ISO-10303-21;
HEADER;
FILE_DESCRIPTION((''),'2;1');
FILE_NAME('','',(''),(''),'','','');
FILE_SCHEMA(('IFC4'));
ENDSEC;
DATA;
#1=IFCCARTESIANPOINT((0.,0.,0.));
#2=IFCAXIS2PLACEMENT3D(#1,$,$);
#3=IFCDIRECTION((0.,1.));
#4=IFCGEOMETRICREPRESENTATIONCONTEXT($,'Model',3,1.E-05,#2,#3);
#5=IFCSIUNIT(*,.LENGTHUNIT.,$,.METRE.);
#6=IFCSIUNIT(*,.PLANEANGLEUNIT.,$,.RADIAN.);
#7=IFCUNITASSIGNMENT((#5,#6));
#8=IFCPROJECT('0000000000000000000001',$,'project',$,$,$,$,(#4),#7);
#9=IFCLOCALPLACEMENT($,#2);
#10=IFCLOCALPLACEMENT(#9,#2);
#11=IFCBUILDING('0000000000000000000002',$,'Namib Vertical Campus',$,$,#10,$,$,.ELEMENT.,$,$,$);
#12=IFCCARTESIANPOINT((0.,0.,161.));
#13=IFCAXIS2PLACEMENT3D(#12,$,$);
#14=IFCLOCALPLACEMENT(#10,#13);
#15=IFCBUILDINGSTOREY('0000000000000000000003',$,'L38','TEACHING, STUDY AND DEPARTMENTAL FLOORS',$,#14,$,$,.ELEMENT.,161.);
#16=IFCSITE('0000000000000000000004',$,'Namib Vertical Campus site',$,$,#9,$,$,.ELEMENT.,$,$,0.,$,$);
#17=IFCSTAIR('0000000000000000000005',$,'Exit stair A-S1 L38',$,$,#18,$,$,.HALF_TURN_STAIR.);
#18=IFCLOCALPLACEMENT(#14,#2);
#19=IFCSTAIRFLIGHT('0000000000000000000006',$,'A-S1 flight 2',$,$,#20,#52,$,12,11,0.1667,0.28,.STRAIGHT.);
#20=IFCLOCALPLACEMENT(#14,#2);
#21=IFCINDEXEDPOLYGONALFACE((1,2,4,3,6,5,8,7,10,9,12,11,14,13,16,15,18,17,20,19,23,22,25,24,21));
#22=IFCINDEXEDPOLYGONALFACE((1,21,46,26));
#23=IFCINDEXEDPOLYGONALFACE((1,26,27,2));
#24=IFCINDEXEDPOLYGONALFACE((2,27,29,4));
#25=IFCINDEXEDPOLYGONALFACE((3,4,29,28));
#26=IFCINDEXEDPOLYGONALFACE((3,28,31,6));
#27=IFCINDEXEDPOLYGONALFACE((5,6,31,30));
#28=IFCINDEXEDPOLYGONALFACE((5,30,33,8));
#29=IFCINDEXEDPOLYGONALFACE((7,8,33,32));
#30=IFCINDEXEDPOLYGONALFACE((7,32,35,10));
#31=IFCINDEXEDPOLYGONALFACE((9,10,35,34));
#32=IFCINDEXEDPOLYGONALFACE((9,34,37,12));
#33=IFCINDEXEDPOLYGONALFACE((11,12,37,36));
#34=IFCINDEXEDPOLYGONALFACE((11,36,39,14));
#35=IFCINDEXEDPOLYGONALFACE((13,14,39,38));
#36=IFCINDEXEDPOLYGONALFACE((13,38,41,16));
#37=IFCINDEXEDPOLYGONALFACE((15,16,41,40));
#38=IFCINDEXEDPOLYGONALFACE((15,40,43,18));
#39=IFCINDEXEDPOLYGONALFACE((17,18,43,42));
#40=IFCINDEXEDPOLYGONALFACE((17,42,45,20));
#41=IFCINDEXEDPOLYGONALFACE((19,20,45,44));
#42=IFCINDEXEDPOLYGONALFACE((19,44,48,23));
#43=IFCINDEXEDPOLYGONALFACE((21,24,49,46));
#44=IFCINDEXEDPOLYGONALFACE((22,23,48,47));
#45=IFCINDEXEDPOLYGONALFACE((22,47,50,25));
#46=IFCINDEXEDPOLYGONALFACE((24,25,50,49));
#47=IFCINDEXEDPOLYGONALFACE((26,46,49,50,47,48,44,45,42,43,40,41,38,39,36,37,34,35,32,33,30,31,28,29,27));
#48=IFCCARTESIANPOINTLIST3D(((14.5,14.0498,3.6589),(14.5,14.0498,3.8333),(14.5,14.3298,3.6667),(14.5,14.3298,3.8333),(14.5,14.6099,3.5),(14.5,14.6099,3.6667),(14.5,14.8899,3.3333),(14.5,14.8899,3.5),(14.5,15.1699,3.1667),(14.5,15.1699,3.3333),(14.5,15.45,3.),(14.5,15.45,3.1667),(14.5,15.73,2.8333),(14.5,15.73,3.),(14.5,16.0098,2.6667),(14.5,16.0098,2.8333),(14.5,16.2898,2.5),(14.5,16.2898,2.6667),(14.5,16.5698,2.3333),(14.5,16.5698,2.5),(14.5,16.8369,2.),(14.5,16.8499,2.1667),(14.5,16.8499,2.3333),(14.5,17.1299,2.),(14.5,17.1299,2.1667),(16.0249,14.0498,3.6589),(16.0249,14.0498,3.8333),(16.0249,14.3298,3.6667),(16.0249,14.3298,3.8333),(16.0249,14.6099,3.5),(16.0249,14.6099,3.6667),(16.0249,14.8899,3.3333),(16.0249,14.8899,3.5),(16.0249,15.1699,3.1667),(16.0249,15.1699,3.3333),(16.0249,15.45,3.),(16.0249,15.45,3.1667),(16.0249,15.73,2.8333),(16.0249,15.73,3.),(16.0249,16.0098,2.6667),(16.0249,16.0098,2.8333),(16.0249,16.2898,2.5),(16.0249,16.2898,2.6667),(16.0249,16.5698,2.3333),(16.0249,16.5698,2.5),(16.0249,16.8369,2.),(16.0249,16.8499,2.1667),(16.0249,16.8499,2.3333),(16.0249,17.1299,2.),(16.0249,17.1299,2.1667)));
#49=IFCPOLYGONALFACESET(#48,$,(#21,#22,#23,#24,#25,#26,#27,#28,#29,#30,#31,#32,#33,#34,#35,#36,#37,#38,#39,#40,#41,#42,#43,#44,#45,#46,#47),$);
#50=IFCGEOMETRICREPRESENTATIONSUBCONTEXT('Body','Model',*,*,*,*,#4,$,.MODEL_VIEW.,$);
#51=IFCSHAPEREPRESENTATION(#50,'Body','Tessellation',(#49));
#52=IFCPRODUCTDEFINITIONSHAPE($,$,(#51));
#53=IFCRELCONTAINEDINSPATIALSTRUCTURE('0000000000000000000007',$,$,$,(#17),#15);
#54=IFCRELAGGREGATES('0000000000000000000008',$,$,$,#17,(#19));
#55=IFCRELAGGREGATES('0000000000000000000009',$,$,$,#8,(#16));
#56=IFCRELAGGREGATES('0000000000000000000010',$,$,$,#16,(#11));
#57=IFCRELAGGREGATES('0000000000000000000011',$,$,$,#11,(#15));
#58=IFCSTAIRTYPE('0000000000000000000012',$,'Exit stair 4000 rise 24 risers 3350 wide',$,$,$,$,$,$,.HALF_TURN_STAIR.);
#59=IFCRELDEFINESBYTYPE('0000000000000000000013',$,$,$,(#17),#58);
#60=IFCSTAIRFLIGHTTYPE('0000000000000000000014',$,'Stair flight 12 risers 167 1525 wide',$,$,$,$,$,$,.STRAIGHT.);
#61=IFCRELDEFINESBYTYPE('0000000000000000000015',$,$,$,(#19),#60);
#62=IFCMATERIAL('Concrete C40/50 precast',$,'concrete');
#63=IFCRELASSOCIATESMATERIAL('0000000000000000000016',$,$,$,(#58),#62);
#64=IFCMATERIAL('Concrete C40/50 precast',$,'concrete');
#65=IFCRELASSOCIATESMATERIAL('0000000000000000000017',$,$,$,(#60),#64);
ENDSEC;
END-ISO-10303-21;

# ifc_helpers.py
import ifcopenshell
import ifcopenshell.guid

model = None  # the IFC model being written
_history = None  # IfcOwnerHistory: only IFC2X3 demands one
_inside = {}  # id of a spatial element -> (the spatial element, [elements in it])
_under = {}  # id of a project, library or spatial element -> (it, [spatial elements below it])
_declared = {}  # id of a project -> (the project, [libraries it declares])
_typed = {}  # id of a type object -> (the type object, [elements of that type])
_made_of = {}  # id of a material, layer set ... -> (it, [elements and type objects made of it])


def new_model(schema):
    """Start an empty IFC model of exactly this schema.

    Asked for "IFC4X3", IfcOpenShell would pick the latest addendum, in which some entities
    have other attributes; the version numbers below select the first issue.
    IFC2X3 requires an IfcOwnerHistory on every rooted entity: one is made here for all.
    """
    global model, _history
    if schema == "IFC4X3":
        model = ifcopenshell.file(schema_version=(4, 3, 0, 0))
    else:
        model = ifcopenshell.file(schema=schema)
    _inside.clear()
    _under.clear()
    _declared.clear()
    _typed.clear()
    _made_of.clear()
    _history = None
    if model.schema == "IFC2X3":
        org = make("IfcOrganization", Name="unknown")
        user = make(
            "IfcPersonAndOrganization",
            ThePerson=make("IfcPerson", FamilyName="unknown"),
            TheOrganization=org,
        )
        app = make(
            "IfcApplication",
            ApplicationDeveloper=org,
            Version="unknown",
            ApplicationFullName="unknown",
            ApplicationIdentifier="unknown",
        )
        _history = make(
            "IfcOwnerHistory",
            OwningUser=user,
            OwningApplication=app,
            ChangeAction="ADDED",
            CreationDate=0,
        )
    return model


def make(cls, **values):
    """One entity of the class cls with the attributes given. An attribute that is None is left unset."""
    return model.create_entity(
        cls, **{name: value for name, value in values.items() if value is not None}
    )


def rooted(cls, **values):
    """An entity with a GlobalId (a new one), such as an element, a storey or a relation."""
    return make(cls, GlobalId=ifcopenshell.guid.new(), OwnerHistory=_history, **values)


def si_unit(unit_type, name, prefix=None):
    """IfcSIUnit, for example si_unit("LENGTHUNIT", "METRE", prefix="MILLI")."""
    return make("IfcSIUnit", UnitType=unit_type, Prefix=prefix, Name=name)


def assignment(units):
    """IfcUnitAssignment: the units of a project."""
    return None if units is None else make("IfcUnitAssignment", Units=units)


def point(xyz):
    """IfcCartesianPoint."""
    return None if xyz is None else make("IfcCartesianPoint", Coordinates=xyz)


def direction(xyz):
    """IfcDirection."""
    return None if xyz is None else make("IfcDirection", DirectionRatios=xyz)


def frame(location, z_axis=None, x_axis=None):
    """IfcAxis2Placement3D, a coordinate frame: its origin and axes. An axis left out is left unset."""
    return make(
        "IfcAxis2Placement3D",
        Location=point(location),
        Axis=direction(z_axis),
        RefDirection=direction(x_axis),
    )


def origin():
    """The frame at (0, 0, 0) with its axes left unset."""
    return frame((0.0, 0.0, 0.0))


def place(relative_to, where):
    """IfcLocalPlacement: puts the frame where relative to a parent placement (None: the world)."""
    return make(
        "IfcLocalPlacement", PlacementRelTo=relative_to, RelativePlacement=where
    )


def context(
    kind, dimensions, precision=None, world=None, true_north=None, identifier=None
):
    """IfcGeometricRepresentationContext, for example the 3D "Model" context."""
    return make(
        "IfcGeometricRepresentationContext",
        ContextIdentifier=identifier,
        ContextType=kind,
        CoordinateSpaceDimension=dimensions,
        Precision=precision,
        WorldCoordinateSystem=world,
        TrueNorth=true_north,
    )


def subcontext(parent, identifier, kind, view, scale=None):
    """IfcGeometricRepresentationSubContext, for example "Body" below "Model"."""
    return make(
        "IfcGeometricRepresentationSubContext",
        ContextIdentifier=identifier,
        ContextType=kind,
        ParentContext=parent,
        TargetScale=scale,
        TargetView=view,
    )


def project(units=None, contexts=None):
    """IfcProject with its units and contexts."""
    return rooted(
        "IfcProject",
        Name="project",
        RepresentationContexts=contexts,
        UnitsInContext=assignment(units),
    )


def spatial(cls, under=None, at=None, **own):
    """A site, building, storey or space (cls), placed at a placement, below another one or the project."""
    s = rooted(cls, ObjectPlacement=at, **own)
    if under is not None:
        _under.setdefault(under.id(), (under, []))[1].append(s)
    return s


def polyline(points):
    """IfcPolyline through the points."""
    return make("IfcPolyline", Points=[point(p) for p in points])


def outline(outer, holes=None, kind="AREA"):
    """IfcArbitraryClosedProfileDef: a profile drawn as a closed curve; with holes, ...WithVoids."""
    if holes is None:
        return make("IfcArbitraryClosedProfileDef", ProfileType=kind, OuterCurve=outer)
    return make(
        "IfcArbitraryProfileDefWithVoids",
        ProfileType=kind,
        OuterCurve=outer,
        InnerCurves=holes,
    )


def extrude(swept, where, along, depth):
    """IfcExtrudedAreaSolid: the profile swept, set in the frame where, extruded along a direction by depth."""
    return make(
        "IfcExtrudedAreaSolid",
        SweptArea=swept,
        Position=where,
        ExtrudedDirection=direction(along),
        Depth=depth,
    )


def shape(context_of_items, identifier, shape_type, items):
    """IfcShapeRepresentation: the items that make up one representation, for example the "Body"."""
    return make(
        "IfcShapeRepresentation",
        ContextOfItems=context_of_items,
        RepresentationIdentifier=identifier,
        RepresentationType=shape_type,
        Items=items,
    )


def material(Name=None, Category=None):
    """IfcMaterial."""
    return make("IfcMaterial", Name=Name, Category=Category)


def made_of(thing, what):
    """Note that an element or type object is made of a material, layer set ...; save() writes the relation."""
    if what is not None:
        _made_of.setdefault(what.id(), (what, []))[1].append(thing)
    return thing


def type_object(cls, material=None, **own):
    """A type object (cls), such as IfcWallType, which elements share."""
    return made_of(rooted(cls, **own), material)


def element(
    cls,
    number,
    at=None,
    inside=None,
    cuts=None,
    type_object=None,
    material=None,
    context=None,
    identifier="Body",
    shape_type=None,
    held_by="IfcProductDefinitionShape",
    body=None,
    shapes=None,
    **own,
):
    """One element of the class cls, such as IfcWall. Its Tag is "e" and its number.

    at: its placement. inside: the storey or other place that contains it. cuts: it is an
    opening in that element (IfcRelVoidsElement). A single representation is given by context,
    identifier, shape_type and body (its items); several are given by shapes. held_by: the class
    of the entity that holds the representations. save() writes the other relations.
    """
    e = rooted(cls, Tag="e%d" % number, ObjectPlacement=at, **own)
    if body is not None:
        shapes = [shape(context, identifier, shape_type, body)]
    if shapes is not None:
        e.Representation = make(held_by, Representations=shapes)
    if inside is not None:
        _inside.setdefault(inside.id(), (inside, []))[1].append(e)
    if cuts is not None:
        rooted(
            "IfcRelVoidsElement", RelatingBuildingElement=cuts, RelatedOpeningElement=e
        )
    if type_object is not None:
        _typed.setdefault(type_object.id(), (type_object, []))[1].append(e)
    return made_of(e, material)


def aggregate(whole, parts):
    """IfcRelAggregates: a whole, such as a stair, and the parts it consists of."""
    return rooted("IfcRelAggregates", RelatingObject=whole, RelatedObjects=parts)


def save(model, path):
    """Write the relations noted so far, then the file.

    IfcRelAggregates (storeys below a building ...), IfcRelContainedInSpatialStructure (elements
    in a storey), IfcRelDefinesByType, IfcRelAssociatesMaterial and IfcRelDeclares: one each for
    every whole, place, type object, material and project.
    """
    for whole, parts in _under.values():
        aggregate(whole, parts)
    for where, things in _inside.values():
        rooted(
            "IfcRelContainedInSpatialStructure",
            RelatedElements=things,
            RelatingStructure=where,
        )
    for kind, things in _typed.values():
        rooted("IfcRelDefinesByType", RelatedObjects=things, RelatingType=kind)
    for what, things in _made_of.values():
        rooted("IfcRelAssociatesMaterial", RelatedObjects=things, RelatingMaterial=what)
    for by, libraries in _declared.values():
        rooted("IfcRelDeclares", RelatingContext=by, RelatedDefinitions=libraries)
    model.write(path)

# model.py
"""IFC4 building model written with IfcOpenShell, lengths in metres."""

from ifc_helpers import new_model, si_unit, direction, frame, origin, place, context, subcontext, project, spatial, polyline, outline, extrude, material, type_object, element, aggregate, save


model = new_model("IFC4")

# Units and contexts
model_context = context("Model", 3, precision=1e-05, world=origin(), true_north=direction((0.0, 1.0)))
body_context = subcontext(model_context, "Body", "Model", "MODEL_VIEW")
ifc_project = project(units=[si_unit("LENGTHUNIT", "METRE"), si_unit("PLANEANGLEUNIT", "RADIAN")], contexts=[model_context])

# Site, building, storey
site_placement = place(None, origin())
site = spatial("IfcSite", under=ifc_project, at=site_placement, Name="Namib Vertical Campus site", CompositionType="ELEMENT", RefElevation=0.0)
building_placement = place(site_placement, origin())
building = spatial("IfcBuilding", under=site, at=building_placement, Name="Namib Vertical Campus", CompositionType="ELEMENT")
storey_placement = place(building_placement, frame((0.0, 0.0, 161.0)))
storey = spatial("IfcBuildingStorey", under=building, at=storey_placement, Name="L38", Description="TEACHING, STUDY AND DEPARTMENTAL FLOORS", CompositionType="ELEMENT", Elevation=161.0)

# Stair, stair flight
ifc_material_1 = material(Name="Concrete C40/50 precast", Category="concrete")
stair_type = type_object("IfcStairType", Name="Exit stair 4000 rise 24 risers 3350 wide", PredefinedType="HALF_TURN_STAIR", material=ifc_material_1)
stair_placement = place(storey_placement, origin())
stair = element("IfcStair", 1, at=stair_placement, inside=storey, type_object=stair_type, Name="Exit stair A-S1 L38", PredefinedType="HALF_TURN_STAIR")
ifc_material_2 = material(Name="Concrete C40/50 precast", Category="concrete")
stair_flight_type = type_object("IfcStairFlightType", Name="Stair flight 12 risers 167 1525 wide", PredefinedType="STRAIGHT", material=ifc_material_2)
stair_flight_1_placement = place(storey_placement, frame((15.2625, 17.1299, 2.0), z_axis=(0.0, 0.0, 1.0), x_axis=(0.0, -1.0, 0.0)))
stair_flight_1 = element("IfcStairFlight", 2, at=stair_flight_1_placement, type_object=stair_flight_type, Name="A-S1 flight 2", NumberOfRisers=12, NumberOfTreads=11, PredefinedType="STRAIGHT", RiserHeight=0.1667, TreadLength=0.28, context=body_context, shape_type="SweptSolid", body=[
    extrude(outline(polyline([(0.0, 0.0), (0.0, 0.1667), (0.28, 0.1667), (0.28, 0.3333), (0.5601, 0.3333), (0.5601, 0.5), (0.8401, 0.5), (0.8401, 0.6667), (1.1201, 0.6667), (1.1201, 0.8333), (1.3999, 0.8333), (1.3999, 1.0), (1.6799, 1.0), (1.6799, 1.1667), (1.96, 1.1667), (1.96, 1.3333), (2.24, 1.3333), (2.24, 1.5), (2.52, 1.5), (2.52, 1.6667), (2.8, 1.6667), (2.8, 1.8333), (3.0801, 1.8333), (3.0801, 2.0), (3.0801, 1.6589), (0.293, 0.0), (0.0, 0.0)])), frame((0.0, 0.7625, 0.0), z_axis=(0.0, -1.0, 0.0), x_axis=(1.0, 0.0, 0.0)), (0.0, 0.0, 1.0), 1.5249),
])
aggregate(stair, [stair_flight_1])

save(model, "model.ifc")
